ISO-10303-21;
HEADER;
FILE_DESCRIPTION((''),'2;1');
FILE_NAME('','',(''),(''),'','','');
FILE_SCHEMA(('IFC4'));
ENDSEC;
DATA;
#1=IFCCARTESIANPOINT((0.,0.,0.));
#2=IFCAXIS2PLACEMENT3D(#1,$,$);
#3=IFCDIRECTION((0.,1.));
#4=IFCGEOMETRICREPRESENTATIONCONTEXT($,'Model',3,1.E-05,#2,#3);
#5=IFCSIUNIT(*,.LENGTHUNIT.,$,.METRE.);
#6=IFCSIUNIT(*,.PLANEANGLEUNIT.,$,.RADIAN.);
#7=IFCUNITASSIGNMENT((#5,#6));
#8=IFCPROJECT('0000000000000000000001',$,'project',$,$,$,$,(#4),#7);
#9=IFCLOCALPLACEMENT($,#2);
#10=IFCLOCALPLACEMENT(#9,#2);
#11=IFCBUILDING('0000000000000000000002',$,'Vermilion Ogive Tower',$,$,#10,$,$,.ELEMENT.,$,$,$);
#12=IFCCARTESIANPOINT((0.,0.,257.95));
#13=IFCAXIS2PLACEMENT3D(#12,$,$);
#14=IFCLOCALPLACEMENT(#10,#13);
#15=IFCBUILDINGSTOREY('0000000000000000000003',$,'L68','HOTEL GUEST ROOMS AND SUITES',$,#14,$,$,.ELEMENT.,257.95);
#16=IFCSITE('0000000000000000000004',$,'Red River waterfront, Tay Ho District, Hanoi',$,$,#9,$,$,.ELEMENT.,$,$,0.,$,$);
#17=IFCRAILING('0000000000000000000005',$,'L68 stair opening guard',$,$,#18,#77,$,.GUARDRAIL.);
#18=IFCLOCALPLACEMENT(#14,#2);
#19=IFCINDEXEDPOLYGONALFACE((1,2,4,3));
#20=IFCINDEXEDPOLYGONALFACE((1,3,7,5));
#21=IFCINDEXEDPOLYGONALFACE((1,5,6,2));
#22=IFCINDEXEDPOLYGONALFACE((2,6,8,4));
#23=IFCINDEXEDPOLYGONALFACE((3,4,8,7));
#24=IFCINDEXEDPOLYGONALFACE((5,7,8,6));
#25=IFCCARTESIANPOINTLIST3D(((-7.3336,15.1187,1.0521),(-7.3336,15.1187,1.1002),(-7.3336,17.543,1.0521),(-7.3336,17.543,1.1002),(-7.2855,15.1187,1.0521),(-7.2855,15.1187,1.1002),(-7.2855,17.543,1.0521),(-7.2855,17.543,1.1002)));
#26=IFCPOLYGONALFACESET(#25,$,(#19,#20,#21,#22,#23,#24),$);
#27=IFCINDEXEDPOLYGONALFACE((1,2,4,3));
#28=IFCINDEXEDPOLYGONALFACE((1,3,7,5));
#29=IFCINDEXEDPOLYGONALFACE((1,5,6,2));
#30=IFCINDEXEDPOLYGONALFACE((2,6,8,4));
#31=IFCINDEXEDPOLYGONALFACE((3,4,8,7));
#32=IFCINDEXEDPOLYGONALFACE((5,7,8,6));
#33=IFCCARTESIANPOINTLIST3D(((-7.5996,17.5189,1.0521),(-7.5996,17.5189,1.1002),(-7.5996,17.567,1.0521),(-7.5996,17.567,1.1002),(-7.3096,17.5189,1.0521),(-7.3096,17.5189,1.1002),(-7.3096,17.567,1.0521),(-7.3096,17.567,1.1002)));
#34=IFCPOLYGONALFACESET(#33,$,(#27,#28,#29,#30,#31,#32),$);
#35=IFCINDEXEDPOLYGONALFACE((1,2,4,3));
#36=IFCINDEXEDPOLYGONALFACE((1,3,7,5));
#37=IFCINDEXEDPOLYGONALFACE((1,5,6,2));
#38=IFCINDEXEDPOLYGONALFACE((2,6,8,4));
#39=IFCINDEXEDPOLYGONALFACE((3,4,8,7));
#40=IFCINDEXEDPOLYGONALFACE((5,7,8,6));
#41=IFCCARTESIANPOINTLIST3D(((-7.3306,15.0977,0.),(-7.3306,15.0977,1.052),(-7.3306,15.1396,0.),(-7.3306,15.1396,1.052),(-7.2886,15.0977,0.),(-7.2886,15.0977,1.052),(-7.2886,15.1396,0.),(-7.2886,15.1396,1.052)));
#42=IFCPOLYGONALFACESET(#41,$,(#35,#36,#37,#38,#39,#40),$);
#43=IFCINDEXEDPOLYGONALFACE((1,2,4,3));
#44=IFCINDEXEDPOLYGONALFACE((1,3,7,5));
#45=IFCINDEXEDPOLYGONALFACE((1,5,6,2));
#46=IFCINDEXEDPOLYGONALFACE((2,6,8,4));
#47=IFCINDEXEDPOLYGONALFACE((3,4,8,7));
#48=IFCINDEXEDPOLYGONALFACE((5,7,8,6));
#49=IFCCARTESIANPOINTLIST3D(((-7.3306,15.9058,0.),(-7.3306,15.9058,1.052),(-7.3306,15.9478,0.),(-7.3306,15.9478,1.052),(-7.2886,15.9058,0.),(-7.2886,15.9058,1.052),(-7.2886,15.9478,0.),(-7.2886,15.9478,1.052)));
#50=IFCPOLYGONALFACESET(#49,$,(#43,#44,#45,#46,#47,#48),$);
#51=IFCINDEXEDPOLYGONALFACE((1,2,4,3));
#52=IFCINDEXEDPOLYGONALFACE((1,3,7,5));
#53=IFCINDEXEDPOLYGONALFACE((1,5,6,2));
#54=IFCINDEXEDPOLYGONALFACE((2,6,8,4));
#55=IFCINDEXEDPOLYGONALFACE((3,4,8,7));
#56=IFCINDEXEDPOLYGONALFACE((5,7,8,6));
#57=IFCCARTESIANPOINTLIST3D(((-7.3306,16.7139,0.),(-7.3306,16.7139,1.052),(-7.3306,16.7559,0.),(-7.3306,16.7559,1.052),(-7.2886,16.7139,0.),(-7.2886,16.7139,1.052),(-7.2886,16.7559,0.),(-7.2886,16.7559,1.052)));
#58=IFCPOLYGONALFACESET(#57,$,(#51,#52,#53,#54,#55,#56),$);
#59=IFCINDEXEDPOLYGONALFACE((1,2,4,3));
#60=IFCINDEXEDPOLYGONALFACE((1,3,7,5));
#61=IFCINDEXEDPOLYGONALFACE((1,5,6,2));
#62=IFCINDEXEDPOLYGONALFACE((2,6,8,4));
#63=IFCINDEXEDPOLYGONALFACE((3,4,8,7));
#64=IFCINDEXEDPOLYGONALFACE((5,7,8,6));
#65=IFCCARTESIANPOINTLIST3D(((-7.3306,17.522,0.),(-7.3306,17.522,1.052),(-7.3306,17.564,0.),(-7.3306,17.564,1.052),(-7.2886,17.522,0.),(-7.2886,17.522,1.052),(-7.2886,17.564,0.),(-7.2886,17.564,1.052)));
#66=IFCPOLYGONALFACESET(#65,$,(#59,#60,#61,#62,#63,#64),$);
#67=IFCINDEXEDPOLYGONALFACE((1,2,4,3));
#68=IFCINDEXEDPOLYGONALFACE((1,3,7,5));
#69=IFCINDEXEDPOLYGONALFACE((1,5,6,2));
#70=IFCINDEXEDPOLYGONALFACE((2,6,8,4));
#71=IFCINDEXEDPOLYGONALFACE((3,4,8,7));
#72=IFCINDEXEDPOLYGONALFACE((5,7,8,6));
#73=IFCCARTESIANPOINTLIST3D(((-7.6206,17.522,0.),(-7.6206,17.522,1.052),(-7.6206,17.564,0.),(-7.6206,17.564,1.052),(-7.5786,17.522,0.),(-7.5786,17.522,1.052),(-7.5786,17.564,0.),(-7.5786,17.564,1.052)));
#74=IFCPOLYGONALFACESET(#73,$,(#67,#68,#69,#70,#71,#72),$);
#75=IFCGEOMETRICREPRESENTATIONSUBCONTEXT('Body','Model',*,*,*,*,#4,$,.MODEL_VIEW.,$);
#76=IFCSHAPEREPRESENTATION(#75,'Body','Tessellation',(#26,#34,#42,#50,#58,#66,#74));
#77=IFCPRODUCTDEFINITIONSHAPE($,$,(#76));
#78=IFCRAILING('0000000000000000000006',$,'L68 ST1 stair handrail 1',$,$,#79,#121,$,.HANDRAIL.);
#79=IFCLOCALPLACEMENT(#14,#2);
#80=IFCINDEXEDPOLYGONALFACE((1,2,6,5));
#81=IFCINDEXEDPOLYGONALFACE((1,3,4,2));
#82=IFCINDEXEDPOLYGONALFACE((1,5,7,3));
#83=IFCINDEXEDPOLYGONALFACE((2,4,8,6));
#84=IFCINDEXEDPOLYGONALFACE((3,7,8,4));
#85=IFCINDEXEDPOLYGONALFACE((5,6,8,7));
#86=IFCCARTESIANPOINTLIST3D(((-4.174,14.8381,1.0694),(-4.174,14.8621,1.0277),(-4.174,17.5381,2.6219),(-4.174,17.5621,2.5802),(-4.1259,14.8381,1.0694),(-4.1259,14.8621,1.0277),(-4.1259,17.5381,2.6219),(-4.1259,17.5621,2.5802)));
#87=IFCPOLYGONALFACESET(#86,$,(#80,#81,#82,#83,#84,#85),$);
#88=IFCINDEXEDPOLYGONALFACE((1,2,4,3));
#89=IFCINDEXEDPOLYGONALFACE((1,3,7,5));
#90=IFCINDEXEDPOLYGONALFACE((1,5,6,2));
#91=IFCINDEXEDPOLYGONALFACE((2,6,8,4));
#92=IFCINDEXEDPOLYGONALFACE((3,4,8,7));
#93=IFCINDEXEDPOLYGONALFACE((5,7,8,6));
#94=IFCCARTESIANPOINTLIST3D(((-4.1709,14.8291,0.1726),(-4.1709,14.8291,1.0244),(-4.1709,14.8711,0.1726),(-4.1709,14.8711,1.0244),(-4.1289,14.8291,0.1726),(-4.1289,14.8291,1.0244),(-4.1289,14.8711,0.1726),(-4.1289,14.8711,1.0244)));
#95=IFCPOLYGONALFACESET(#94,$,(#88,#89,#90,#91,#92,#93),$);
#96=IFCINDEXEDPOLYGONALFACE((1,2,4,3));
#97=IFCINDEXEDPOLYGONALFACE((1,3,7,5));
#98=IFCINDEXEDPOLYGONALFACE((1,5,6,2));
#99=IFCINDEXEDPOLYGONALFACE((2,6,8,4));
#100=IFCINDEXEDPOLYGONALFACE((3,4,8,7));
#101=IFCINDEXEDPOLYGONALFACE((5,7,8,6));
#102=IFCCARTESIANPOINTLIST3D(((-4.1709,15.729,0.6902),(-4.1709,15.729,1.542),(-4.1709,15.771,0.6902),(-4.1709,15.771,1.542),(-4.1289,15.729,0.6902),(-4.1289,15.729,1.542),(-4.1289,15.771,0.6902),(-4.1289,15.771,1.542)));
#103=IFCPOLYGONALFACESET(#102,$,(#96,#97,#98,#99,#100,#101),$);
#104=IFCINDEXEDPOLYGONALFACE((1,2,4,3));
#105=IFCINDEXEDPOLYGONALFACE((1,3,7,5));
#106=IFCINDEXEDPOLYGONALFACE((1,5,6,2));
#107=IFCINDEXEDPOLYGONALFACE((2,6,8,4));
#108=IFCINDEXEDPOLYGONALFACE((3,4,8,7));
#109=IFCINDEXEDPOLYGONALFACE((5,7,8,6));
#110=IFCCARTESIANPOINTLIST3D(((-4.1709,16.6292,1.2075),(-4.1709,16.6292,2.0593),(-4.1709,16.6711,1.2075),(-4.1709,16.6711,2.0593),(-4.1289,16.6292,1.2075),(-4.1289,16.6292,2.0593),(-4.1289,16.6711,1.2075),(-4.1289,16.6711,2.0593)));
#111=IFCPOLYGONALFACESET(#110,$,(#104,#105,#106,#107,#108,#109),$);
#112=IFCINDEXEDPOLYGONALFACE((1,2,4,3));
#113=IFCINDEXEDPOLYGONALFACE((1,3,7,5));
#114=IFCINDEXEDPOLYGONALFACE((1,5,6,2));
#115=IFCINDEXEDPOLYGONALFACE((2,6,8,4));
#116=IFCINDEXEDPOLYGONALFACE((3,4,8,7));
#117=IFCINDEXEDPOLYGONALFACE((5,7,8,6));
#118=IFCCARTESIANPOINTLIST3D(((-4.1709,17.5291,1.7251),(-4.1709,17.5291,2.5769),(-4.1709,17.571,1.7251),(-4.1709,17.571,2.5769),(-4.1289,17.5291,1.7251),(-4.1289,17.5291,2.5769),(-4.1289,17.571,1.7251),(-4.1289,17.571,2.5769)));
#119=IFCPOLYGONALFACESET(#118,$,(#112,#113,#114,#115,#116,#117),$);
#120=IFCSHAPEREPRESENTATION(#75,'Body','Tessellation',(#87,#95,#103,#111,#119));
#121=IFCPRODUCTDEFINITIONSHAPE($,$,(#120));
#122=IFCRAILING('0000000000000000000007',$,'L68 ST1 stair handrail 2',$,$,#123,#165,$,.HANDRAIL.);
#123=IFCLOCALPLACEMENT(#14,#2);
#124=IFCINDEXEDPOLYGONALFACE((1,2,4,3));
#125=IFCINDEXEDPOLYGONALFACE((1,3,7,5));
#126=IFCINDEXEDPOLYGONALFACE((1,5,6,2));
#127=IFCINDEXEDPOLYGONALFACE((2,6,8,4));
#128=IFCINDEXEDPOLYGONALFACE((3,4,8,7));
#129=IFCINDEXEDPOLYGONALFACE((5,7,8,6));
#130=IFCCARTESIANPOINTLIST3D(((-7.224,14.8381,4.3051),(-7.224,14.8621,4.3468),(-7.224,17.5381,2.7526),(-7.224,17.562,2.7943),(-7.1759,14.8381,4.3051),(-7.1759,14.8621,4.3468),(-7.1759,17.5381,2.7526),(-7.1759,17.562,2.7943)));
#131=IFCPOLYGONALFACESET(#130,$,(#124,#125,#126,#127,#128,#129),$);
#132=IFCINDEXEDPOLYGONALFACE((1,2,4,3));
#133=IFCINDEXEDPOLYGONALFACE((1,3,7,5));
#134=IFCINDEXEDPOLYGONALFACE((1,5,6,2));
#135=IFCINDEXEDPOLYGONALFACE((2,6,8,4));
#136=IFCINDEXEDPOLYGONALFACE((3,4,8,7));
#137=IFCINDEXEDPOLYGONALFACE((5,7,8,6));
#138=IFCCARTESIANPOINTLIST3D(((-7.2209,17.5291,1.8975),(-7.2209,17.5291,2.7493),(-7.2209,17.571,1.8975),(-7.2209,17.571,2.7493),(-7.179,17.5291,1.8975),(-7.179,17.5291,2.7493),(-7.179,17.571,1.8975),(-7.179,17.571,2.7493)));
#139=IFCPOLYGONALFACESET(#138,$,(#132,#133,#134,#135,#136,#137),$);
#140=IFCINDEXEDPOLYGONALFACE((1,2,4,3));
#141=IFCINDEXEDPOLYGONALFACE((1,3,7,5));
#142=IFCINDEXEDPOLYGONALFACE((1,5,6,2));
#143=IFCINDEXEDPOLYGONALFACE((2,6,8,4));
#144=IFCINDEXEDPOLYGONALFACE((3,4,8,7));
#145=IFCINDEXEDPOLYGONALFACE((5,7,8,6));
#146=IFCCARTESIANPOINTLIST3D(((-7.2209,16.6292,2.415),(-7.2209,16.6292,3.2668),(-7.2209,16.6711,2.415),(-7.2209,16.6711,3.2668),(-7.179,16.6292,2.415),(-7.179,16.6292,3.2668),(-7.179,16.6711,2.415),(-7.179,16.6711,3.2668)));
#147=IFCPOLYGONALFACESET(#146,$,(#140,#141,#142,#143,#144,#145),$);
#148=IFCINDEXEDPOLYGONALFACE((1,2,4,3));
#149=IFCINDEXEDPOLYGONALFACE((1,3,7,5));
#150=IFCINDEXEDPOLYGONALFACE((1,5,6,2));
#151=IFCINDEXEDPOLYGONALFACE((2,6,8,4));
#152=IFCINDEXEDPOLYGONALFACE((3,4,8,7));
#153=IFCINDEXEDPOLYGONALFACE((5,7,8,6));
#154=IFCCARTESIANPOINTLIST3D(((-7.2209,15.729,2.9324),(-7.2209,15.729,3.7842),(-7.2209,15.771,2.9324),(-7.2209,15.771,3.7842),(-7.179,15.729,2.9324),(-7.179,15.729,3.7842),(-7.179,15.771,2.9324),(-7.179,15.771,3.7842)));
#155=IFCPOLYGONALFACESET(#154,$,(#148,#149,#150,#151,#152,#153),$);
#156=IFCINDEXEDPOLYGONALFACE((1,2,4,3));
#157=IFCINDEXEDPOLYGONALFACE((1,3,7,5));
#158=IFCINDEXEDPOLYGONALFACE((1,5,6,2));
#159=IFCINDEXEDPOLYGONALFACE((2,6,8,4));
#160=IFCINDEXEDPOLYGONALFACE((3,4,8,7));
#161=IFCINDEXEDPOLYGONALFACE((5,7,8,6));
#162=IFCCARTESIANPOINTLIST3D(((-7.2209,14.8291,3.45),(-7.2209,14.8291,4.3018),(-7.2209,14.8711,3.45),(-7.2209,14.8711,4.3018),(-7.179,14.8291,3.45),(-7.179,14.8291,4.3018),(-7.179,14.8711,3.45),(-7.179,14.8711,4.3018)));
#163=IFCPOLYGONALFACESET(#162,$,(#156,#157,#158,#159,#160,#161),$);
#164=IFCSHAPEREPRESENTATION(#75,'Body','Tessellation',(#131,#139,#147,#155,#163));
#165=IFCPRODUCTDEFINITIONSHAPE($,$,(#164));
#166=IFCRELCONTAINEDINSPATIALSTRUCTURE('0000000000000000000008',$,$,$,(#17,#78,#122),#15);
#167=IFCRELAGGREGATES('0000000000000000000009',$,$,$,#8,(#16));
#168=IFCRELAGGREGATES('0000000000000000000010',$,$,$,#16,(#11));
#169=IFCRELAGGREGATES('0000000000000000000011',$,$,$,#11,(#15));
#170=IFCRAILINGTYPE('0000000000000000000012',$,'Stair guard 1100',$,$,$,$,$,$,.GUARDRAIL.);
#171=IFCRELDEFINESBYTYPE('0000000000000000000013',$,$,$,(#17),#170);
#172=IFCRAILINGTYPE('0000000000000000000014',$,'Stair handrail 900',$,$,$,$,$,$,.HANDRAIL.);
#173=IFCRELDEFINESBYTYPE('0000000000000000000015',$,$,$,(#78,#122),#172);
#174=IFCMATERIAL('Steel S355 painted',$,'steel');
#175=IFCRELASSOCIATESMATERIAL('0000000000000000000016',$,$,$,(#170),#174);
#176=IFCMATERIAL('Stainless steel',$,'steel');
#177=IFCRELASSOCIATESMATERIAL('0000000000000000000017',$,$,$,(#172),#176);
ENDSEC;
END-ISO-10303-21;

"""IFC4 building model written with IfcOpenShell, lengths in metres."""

from ifc_helpers import new_model, si_unit, direction, frame, origin, origin_2d, place, context, subcontext, project, spatial, rectangle, extrude, material, type_object, element, save


model = new_model("IFC4")

# Units and contexts
model_context = context("Model", 3, precision=1e-05, world=origin(), true_north=direction((0.0, 1.0)))
body_context = subcontext(model_context, "Body", "Model", "MODEL_VIEW")
ifc_project = project(units=[si_unit("LENGTHUNIT", "METRE"), si_unit("PLANEANGLEUNIT", "RADIAN")], contexts=[model_context])

# Site, building, storey
site_placement = place(None, origin())
site = spatial("IfcSite", under=ifc_project, at=site_placement, Name="Red River waterfront, Tay Ho District, Hanoi", CompositionType="ELEMENT", RefElevation=0.0)
building_placement = place(site_placement, origin())
building = spatial("IfcBuilding", under=site, at=building_placement, Name="Vermilion Ogive Tower", CompositionType="ELEMENT")
storey_placement = place(building_placement, frame((0.0, 0.0, 257.95)))
storey = spatial("IfcBuildingStorey", under=building, at=storey_placement, Name="L68", Description="HOTEL GUEST ROOMS AND SUITES", CompositionType="ELEMENT", Elevation=257.95)

# Railings
ifc_material_1 = material(Name="Steel S355 painted", Category="steel")
railing_type_1 = type_object("IfcRailingType", Name="Stair guard 1100", PredefinedType="GUARDRAIL", material=ifc_material_1)
railing_1_placement = place(storey_placement, frame((-7.3096, 15.1187, 0.0)))
element("IfcRailing", 1, at=railing_1_placement, inside=storey, type_object=railing_type_1, Name="L68 stair opening guard", PredefinedType="GUARDRAIL", context=body_context, shape_type="SweptSolid", body=[
    extrude(rectangle(XDim=0.0481, YDim=0.0481, at=origin_2d()), frame((0.0, 0.0, 1.0762), z_axis=(0.0, 1.0, 0.0), x_axis=(-1.0, 0.0, 0.0)), (0.0, 0.0, 1.0), 2.4243),
    extrude(rectangle(XDim=0.0481, YDim=0.0481, at=origin_2d()), frame((0.0, 2.4243, 1.0762), z_axis=(-1.0, 0.0, 0.0), x_axis=(0.0, -1.0, 0.0)), (0.0, 0.0, 1.0), 0.29),
    extrude(rectangle(XDim=0.042, YDim=0.042, at=origin_2d()), origin(), (0.0, 0.0, 1.0), 1.052),
    extrude(rectangle(XDim=0.042, YDim=0.042, at=origin_2d()), frame((0.0, 0.8081, 0.0)), (0.0, 0.0, 1.0), 1.052),
    extrude(rectangle(XDim=0.042, YDim=0.042, at=origin_2d()), frame((0.0, 1.6162, 0.0)), (0.0, 0.0, 1.0), 1.052),
    extrude(rectangle(XDim=0.042, YDim=0.042, at=origin_2d()), frame((0.0, 2.4243, 0.0)), (0.0, 0.0, 1.0), 1.052),
    extrude(rectangle(XDim=0.042, YDim=0.042, at=origin_2d()), frame((-0.29, 2.4243, 0.0)), (0.0, 0.0, 1.0), 1.052),
])
ifc_material_2 = material(Name="Stainless steel", Category="steel")
railing_type_2 = type_object("IfcRailingType", Name="Stair handrail 900", PredefinedType="HANDRAIL", material=ifc_material_2)
railing_2_placement = place(storey_placement, frame((-4.1499, 14.8501, 0.1726)))
element("IfcRailing", 2, at=railing_2_placement, inside=storey, type_object=railing_type_2, Name="L68 ST1 stair handrail 1", PredefinedType="HANDRAIL", context=body_context, shape_type="SweptSolid", body=[
    extrude(rectangle(XDim=0.0481, YDim=0.0481, at=origin_2d()), frame((0.0, 0.0, 0.876), z_axis=(0.0, 0.866904, 0.498476), x_axis=(-1.0, 0.0, 0.0)), (0.0, 0.0, 1.0), 3.1145),
    extrude(rectangle(XDim=0.042, YDim=0.042, at=origin_2d()), origin(), (0.0, 0.0, 1.0), 0.8518),
    extrude(rectangle(XDim=0.042, YDim=0.042, at=origin_2d()), frame((0.0, 0.8999, 0.5176)), (0.0, 0.0, 1.0), 0.8518),
    extrude(rectangle(XDim=0.042, YDim=0.042, at=origin_2d()), frame((0.0, 1.8, 1.0349)), (0.0, 0.0, 1.0), 0.8518),
    extrude(rectangle(XDim=0.042, YDim=0.042, at=origin_2d()), frame((0.0, 2.7, 1.5525)), (0.0, 0.0, 1.0), 0.8518),
])
railing_3_placement = place(storey_placement, frame((-7.2, 17.55, 1.8975)))
element("IfcRailing", 3, at=railing_3_placement, inside=storey, type_object=railing_type_2, Name="L68 ST1 stair handrail 2", PredefinedType="HANDRAIL", context=body_context, shape_type="SweptSolid", body=[
    extrude(rectangle(XDim=0.0481, YDim=0.0481, at=origin_2d()), frame((0.0, 0.0, 0.876), z_axis=(0.0, -0.866904, 0.498476), x_axis=(1.0, 0.0, 0.0)), (0.0, 0.0, 1.0), 3.1145),
    extrude(rectangle(XDim=0.042, YDim=0.042, at=origin_2d()), origin(), (0.0, 0.0, 1.0), 0.8518),
    extrude(rectangle(XDim=0.042, YDim=0.042, at=origin_2d()), frame((0.0, -0.8999, 0.5176)), (0.0, 0.0, 1.0), 0.8518),
    extrude(rectangle(XDim=0.042, YDim=0.042, at=origin_2d()), frame((0.0, -1.8, 1.0349)), (0.0, 0.0, 1.0), 0.8518),
    extrude(rectangle(XDim=0.042, YDim=0.042, at=origin_2d()), frame((0.0, -2.7, 1.5525)), (0.0, 0.0, 1.0), 0.8518),
])

save(model, "model.ifc")
